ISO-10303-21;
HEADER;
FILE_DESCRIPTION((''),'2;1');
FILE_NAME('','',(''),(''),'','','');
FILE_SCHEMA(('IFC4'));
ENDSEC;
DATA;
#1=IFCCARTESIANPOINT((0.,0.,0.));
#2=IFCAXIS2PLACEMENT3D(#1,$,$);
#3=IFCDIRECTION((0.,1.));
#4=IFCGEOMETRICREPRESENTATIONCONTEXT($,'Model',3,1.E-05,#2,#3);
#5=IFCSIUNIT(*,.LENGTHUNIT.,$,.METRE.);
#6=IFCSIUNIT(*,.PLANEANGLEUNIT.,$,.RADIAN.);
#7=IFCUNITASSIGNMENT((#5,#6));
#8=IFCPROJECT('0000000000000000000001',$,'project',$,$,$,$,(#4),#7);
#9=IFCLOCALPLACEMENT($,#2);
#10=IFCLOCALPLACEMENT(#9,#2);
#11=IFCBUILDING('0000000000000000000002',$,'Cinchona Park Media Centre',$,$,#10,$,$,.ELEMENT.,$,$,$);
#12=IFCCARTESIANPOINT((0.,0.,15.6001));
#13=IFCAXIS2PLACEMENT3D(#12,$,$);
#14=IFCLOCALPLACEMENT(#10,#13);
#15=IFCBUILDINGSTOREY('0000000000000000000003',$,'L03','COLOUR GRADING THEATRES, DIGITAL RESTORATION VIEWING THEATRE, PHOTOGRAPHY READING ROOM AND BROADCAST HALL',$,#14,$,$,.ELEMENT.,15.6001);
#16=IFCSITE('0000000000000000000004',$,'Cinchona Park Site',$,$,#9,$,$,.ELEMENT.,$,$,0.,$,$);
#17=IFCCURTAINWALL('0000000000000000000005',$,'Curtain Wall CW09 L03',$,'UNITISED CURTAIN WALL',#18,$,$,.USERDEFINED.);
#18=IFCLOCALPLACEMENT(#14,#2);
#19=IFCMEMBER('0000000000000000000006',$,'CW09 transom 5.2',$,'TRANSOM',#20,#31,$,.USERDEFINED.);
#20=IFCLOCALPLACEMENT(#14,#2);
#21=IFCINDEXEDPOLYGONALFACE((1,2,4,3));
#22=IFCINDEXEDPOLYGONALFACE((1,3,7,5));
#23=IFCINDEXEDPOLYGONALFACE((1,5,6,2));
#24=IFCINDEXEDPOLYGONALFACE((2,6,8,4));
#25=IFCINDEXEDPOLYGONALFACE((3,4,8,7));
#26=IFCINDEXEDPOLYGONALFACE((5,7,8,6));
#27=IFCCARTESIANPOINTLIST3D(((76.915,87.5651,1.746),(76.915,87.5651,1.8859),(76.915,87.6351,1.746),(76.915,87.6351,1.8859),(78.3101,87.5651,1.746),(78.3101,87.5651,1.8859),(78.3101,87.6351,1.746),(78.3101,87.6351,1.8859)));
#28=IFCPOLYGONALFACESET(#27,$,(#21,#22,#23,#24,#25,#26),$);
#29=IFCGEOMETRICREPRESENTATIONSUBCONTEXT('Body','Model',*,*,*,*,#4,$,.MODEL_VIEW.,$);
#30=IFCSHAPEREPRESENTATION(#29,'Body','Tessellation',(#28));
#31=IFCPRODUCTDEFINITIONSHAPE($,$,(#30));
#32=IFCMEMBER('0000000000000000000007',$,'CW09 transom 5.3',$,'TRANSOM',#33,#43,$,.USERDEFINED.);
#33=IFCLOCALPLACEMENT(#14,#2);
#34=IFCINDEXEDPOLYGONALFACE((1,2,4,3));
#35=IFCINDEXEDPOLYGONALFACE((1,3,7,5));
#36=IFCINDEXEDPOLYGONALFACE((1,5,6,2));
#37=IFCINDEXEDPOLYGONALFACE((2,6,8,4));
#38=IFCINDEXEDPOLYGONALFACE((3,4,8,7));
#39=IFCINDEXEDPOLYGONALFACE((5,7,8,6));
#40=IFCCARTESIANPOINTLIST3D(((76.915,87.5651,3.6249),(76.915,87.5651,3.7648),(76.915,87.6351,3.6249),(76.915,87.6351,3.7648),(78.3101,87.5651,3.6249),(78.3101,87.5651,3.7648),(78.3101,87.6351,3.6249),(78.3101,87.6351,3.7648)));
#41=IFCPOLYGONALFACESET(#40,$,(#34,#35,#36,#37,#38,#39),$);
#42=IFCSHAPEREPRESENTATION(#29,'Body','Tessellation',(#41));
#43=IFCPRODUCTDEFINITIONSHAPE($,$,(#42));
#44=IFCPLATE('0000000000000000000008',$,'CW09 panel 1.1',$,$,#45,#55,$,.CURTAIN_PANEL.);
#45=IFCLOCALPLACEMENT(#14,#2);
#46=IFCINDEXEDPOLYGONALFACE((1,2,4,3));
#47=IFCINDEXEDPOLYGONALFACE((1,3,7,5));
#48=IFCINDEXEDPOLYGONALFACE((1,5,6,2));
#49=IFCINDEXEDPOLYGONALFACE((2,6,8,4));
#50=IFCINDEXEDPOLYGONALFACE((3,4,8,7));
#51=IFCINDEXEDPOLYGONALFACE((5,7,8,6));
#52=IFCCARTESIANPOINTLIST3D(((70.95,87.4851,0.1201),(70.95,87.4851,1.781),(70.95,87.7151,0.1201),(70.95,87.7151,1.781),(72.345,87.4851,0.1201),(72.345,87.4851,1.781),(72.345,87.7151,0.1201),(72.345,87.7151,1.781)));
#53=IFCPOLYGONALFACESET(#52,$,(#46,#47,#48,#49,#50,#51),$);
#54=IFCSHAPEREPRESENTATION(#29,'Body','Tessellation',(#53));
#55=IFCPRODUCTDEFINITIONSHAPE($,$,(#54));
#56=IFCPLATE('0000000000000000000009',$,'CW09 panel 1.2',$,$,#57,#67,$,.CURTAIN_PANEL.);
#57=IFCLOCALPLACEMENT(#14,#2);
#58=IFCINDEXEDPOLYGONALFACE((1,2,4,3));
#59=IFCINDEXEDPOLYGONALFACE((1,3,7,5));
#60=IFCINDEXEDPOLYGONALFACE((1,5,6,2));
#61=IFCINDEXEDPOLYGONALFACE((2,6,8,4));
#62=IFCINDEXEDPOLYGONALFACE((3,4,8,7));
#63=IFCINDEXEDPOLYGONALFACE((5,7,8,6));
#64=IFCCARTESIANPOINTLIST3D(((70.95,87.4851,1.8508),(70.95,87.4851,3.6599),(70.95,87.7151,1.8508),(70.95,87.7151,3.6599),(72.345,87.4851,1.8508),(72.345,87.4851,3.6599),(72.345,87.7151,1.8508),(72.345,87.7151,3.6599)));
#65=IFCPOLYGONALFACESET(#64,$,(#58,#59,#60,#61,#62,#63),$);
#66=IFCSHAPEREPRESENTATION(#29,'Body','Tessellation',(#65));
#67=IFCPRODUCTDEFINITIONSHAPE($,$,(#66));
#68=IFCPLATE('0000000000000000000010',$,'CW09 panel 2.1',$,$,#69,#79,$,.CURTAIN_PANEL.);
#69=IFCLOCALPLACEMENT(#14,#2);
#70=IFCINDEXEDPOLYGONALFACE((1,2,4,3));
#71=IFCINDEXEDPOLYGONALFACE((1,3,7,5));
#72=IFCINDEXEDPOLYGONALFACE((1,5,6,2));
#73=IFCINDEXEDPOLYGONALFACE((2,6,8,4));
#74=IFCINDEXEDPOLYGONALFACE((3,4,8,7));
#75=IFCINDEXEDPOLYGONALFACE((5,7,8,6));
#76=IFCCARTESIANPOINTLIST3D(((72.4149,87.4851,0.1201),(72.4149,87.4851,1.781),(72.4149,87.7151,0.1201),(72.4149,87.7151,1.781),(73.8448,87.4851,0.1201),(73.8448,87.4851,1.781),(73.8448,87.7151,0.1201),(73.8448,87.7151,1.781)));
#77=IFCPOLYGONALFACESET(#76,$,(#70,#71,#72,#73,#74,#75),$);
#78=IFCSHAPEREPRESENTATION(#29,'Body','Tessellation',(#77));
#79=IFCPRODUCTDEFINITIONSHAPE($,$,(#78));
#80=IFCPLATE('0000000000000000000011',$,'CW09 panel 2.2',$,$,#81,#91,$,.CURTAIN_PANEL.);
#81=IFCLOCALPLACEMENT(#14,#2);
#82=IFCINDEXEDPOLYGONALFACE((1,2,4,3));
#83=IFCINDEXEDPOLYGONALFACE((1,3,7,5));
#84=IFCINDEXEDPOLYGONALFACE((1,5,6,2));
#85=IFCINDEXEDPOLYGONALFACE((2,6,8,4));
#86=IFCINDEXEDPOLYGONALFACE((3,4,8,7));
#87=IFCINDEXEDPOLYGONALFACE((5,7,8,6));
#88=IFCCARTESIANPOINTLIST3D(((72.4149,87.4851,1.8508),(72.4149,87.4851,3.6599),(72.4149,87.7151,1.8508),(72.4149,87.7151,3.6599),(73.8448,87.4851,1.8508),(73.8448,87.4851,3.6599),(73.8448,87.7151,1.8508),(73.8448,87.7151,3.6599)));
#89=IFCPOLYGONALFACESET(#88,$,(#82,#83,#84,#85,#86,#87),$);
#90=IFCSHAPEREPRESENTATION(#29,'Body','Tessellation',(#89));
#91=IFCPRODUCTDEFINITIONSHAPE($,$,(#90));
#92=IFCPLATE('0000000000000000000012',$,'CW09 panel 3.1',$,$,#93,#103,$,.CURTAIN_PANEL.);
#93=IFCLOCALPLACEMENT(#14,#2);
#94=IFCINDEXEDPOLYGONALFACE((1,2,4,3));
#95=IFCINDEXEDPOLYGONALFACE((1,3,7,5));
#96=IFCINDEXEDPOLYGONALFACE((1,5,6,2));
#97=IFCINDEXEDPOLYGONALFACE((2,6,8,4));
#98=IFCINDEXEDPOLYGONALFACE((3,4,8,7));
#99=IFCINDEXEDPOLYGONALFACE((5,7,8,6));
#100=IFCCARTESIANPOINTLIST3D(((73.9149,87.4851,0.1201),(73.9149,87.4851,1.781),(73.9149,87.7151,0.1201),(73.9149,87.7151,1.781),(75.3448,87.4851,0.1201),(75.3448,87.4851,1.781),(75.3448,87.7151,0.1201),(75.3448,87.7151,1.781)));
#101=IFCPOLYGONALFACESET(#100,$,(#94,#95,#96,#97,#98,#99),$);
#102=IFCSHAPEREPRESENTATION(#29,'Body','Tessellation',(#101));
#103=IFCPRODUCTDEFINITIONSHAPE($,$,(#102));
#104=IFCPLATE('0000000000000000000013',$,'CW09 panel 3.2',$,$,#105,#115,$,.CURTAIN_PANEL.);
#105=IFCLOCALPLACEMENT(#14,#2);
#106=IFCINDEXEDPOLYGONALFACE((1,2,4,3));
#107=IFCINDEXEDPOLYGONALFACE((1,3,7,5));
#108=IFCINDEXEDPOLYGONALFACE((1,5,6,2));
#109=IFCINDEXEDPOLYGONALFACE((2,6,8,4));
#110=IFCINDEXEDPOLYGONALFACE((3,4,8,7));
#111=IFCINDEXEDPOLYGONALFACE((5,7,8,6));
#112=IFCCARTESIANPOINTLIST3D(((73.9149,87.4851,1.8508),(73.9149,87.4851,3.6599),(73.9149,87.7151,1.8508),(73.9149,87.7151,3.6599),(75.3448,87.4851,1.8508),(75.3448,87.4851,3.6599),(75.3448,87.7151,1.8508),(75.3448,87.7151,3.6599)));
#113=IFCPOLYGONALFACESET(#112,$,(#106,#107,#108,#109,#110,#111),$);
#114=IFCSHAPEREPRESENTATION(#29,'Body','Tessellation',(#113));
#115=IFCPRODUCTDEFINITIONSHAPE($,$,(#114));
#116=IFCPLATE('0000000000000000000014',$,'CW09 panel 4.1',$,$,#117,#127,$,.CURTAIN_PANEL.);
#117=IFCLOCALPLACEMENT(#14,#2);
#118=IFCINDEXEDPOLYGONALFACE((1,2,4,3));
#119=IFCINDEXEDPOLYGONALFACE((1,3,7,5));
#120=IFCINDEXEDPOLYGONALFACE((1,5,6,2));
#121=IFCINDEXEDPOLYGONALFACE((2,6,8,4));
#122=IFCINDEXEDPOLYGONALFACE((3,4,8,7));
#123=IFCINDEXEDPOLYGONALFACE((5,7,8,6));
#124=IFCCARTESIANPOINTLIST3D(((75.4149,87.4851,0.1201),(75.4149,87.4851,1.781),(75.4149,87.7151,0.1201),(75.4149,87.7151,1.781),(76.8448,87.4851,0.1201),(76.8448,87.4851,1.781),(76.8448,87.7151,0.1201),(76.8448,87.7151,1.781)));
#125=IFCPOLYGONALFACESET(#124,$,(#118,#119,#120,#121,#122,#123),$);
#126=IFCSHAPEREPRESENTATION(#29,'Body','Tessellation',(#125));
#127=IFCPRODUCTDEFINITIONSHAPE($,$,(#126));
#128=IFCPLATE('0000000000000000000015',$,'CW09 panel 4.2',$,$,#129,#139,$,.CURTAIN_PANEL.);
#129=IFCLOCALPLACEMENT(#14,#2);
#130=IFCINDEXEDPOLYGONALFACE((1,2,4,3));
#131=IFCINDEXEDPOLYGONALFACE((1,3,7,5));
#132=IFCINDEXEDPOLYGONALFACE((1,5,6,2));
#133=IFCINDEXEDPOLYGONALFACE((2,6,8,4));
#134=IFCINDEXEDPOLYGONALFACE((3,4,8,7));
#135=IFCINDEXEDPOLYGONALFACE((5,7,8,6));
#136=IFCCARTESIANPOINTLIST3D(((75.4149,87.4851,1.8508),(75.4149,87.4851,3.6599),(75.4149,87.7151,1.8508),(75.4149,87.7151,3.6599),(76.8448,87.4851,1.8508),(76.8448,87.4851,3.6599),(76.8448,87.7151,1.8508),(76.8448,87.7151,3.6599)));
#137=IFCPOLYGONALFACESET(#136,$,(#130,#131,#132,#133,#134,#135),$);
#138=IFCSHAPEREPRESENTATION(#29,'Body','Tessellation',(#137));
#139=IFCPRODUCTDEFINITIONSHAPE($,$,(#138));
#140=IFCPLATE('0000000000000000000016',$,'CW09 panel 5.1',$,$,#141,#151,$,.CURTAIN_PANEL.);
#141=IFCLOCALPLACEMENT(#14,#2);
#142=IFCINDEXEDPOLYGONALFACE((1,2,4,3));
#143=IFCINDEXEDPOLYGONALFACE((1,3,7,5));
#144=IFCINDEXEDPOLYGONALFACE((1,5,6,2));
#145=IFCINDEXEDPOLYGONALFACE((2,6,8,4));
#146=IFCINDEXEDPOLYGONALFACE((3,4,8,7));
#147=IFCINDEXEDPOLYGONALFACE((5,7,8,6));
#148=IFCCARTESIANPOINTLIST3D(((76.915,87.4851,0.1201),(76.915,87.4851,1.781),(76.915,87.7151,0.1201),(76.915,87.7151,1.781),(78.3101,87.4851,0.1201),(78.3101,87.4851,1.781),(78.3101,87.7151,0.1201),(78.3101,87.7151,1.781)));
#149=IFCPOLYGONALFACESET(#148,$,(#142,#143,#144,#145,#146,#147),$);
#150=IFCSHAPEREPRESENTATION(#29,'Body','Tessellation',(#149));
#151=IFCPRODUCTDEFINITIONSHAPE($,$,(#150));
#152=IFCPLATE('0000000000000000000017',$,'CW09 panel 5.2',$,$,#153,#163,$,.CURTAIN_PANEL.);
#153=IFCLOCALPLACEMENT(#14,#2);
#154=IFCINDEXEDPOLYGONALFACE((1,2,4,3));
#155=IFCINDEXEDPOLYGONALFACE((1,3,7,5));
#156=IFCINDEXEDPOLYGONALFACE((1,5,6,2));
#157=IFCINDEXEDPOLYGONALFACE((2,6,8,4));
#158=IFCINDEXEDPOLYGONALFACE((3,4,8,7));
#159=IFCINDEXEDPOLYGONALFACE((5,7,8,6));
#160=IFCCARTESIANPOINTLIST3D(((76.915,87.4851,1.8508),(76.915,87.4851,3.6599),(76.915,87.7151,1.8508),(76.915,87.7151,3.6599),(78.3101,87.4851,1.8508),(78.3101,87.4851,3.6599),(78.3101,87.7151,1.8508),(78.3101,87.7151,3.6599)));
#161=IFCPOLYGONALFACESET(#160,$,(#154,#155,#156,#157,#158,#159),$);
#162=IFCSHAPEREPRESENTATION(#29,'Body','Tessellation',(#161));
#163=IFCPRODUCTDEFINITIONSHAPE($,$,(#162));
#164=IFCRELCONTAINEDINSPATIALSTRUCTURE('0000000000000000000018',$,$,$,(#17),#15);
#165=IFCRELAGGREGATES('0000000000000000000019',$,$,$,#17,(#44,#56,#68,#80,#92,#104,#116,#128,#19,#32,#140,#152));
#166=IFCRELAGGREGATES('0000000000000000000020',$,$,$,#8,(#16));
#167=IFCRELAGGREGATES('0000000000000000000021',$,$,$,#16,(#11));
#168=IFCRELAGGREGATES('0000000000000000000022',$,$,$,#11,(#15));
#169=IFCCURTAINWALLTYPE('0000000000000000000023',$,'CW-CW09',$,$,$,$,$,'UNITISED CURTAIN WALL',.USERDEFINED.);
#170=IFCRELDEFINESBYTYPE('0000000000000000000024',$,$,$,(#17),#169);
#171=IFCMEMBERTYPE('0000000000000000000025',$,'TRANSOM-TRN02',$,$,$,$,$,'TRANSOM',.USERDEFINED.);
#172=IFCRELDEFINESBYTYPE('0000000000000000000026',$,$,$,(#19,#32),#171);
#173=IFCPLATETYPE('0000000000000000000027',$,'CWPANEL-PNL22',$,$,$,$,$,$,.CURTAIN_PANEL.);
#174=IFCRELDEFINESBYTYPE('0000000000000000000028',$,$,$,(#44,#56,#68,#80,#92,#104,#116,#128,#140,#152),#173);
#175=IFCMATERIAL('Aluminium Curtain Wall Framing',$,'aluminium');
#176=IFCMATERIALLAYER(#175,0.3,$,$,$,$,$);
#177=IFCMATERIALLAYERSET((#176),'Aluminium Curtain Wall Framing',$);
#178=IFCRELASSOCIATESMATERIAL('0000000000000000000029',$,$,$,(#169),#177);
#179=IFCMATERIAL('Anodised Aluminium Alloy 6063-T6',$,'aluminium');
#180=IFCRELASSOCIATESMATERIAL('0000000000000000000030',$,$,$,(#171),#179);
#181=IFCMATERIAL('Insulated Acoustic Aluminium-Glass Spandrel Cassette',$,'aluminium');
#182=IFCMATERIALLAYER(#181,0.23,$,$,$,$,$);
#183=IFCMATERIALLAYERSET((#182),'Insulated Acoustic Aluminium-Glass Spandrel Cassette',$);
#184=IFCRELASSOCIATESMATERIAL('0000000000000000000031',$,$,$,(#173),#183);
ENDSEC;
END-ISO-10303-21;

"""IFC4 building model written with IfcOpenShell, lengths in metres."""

from ifc_helpers import new_model, si_unit, direction, frame, origin, origin_2d, place, context, subcontext, project, spatial, rectangle, extrude, material, layer, layer_set, material_profile, profile_set, type_object, element, aggregate, save


model = new_model("IFC4")

# Units and contexts
model_context = context("Model", 3, precision=1e-05, world=origin(), true_north=direction((0.0, 1.0)))
body_context = subcontext(model_context, "Body", "Model", "MODEL_VIEW")
ifc_project = project(units=[si_unit("LENGTHUNIT", "METRE"), si_unit("PLANEANGLEUNIT", "RADIAN")], contexts=[model_context])

# Site, building, storey
site_placement = place(None, origin())
site = spatial("IfcSite", under=ifc_project, at=site_placement, Name="Cinchona Park Site", CompositionType="ELEMENT", RefElevation=0.0)
building_placement = place(site_placement, origin())
building = spatial("IfcBuilding", under=site, at=building_placement, Name="Cinchona Park Media Centre", CompositionType="ELEMENT")
storey_placement = place(building_placement, frame((0.0, 0.0, 15.6001)))
storey = spatial("IfcBuildingStorey", under=building, at=storey_placement, Name="L03", Description="COLOUR GRADING THEATRES, DIGITAL RESTORATION VIEWING THEATRE, PHOTOGRAPHY READING ROOM AND BROADCAST HALL", CompositionType="ELEMENT", Elevation=15.6001)

# Curtain wall
ifc_material_1 = material(Name="Aluminium Curtain Wall Framing", Category="aluminium")
ifc_layer_1 = layer(ifc_material_1, 0.3)
ifc_layer_set_1 = layer_set([ifc_layer_1], Name="Aluminium Curtain Wall Framing")
curtain_wall_type_1 = type_object("IfcCurtainWallType", Name="CW-CW09", ElementType="UNITISED CURTAIN WALL", PredefinedType="USERDEFINED", material=ifc_layer_set_1)
curtain_wall_1_placement = place(storey_placement, origin())
curtain_wall_1 = element("IfcCurtainWall", 1, at=curtain_wall_1_placement, inside=storey, type_object=curtain_wall_type_1, Name="Curtain Wall CW09 L03", ObjectType="UNITISED CURTAIN WALL", PredefinedType="USERDEFINED")

# Members
ifc_material_2 = material(Name="Anodised Aluminium Alloy 6063-T6", Category="aluminium")
ifc_material_profile_1 = material_profile(ifc_material_2, rectangle(XDim=0.0701, YDim=0.1399, at=origin_2d()), Name="TRN-70X140")
ifc_profile_set_1 = profile_set([ifc_material_profile_1], Name="Anodised Aluminium Alloy 6063-T6")
member_type_1 = type_object("IfcMemberType", Name="TRANSOM-TRN02", ElementType="TRANSOM", PredefinedType="USERDEFINED", material=ifc_profile_set_1)
member_1_placement = place(storey_placement, frame((76.915, 87.6001, 1.8159), z_axis=(1.0, 0.0, 0.0), x_axis=(0.0, 1.0, 0.0)))
member_1 = element("IfcMember", 2, at=member_1_placement, type_object=member_type_1, Name="CW09 transom 5.2", ObjectType="TRANSOM", PredefinedType="USERDEFINED", context=body_context, shape_type="SweptSolid", body=[
    extrude(rectangle(XDim=0.0701, YDim=0.1399, at=origin_2d()), origin(), (0.0, 0.0, 1.0), 1.395),
])
member_2_placement = place(storey_placement, frame((76.915, 87.6001, 3.6948), z_axis=(1.0, 0.0, 0.0), x_axis=(0.0, 1.0, 0.0)))
member_2 = element("IfcMember", 3, at=member_2_placement, type_object=member_type_1, Name="CW09 transom 5.3", ObjectType="TRANSOM", PredefinedType="USERDEFINED", context=body_context, shape_type="SweptSolid", body=[
    extrude(rectangle(XDim=0.0701, YDim=0.1399, at=origin_2d()), origin(), (0.0, 0.0, 1.0), 1.395),
])

# Plates
ifc_material_3 = material(Name="Insulated Acoustic Aluminium-Glass Spandrel Cassette", Category="aluminium")
ifc_layer_2 = layer(ifc_material_3, 0.23)
ifc_layer_set_2 = layer_set([ifc_layer_2], Name="Insulated Acoustic Aluminium-Glass Spandrel Cassette")
plate_type = type_object("IfcPlateType", Name="CWPANEL-PNL22", PredefinedType="CURTAIN_PANEL", material=ifc_layer_set_2)
plate_1_placement = place(storey_placement, frame((71.6475, 87.6001, 0.1201), z_axis=(0.0, 0.0, 1.0), x_axis=(1.0, 0.0, 0.0)))
plate_1 = element("IfcPlate", 4, at=plate_1_placement, type_object=plate_type, Name="CW09 panel 1.1", PredefinedType="CURTAIN_PANEL", context=body_context, shape_type="SweptSolid", body=[
    extrude(rectangle(XDim=1.395, YDim=0.23, at=origin_2d()), origin(), (0.0, 0.0, 1.0), 1.6609),
])
plate_2_placement = place(storey_placement, frame((71.6475, 87.6001, 1.8508), z_axis=(0.0, 0.0, 1.0), x_axis=(1.0, 0.0, 0.0)))
plate_2 = element("IfcPlate", 5, at=plate_2_placement, type_object=plate_type, Name="CW09 panel 1.2", PredefinedType="CURTAIN_PANEL", context=body_context, shape_type="SweptSolid", body=[
    extrude(rectangle(XDim=1.395, YDim=0.23, at=origin_2d()), origin(), (0.0, 0.0, 1.0), 1.8091),
])
plate_3_placement = place(storey_placement, frame((73.1299, 87.6001, 0.1201), z_axis=(0.0, 0.0, 1.0), x_axis=(1.0, 0.0, 0.0)))
plate_3 = element("IfcPlate", 6, at=plate_3_placement, type_object=plate_type, Name="CW09 panel 2.1", PredefinedType="CURTAIN_PANEL", context=body_context, shape_type="SweptSolid", body=[
    extrude(rectangle(XDim=1.4299, YDim=0.23, at=origin_2d()), origin(), (0.0, 0.0, 1.0), 1.6609),
])
plate_4_placement = place(storey_placement, frame((73.1299, 87.6001, 1.8508), z_axis=(0.0, 0.0, 1.0), x_axis=(1.0, 0.0, 0.0)))
plate_4 = element("IfcPlate", 7, at=plate_4_placement, type_object=plate_type, Name="CW09 panel 2.2", PredefinedType="CURTAIN_PANEL", context=body_context, shape_type="SweptSolid", body=[
    extrude(rectangle(XDim=1.4299, YDim=0.23, at=origin_2d()), origin(), (0.0, 0.0, 1.0), 1.8091),
])
plate_5_placement = place(storey_placement, frame((74.6299, 87.6001, 0.1201), z_axis=(0.0, 0.0, 1.0), x_axis=(1.0, 0.0, 0.0)))
plate_5 = element("IfcPlate", 8, at=plate_5_placement, type_object=plate_type, Name="CW09 panel 3.1", PredefinedType="CURTAIN_PANEL", context=body_context, shape_type="SweptSolid", body=[
    extrude(rectangle(XDim=1.4299, YDim=0.23, at=origin_2d()), origin(), (0.0, 0.0, 1.0), 1.6609),
])
plate_6_placement = place(storey_placement, frame((74.6299, 87.6001, 1.8508), z_axis=(0.0, 0.0, 1.0), x_axis=(1.0, 0.0, 0.0)))
plate_6 = element("IfcPlate", 9, at=plate_6_placement, type_object=plate_type, Name="CW09 panel 3.2", PredefinedType="CURTAIN_PANEL", context=body_context, shape_type="SweptSolid", body=[
    extrude(rectangle(XDim=1.4299, YDim=0.23, at=origin_2d()), origin(), (0.0, 0.0, 1.0), 1.8091),
])
plate_7_placement = place(storey_placement, frame((76.1299, 87.6001, 0.1201), z_axis=(0.0, 0.0, 1.0), x_axis=(1.0, 0.0, 0.0)))
plate_7 = element("IfcPlate", 10, at=plate_7_placement, type_object=plate_type, Name="CW09 panel 4.1", PredefinedType="CURTAIN_PANEL", context=body_context, shape_type="SweptSolid", body=[
    extrude(rectangle(XDim=1.4299, YDim=0.23, at=origin_2d()), origin(), (0.0, 0.0, 1.0), 1.6609),
])
plate_8_placement = place(storey_placement, frame((76.1299, 87.6001, 1.8508), z_axis=(0.0, 0.0, 1.0), x_axis=(1.0, 0.0, 0.0)))
plate_8 = element("IfcPlate", 11, at=plate_8_placement, type_object=plate_type, Name="CW09 panel 4.2", PredefinedType="CURTAIN_PANEL", context=body_context, shape_type="SweptSolid", body=[
    extrude(rectangle(XDim=1.4299, YDim=0.23, at=origin_2d()), origin(), (0.0, 0.0, 1.0), 1.8091),
])
plate_9_placement = place(storey_placement, frame((77.6125, 87.6001, 0.1201), z_axis=(0.0, 0.0, 1.0), x_axis=(1.0, 0.0, 0.0)))
plate_9 = element("IfcPlate", 12, at=plate_9_placement, type_object=plate_type, Name="CW09 panel 5.1", PredefinedType="CURTAIN_PANEL", context=body_context, shape_type="SweptSolid", body=[
    extrude(rectangle(XDim=1.395, YDim=0.23, at=origin_2d()), origin(), (0.0, 0.0, 1.0), 1.6609),
])
plate_10_placement = place(storey_placement, frame((77.6125, 87.6001, 1.8508), z_axis=(0.0, 0.0, 1.0), x_axis=(1.0, 0.0, 0.0)))
plate_10 = element("IfcPlate", 13, at=plate_10_placement, type_object=plate_type, Name="CW09 panel 5.2", PredefinedType="CURTAIN_PANEL", context=body_context, shape_type="SweptSolid", body=[
    extrude(rectangle(XDim=1.395, YDim=0.23, at=origin_2d()), origin(), (0.0, 0.0, 1.0), 1.8091),
])
aggregate(curtain_wall_1, [plate_1, plate_2, plate_3, plate_4, plate_5, plate_6, plate_7, plate_8, member_1, member_2, plate_9, plate_10])

save(model, "model.ifc")
